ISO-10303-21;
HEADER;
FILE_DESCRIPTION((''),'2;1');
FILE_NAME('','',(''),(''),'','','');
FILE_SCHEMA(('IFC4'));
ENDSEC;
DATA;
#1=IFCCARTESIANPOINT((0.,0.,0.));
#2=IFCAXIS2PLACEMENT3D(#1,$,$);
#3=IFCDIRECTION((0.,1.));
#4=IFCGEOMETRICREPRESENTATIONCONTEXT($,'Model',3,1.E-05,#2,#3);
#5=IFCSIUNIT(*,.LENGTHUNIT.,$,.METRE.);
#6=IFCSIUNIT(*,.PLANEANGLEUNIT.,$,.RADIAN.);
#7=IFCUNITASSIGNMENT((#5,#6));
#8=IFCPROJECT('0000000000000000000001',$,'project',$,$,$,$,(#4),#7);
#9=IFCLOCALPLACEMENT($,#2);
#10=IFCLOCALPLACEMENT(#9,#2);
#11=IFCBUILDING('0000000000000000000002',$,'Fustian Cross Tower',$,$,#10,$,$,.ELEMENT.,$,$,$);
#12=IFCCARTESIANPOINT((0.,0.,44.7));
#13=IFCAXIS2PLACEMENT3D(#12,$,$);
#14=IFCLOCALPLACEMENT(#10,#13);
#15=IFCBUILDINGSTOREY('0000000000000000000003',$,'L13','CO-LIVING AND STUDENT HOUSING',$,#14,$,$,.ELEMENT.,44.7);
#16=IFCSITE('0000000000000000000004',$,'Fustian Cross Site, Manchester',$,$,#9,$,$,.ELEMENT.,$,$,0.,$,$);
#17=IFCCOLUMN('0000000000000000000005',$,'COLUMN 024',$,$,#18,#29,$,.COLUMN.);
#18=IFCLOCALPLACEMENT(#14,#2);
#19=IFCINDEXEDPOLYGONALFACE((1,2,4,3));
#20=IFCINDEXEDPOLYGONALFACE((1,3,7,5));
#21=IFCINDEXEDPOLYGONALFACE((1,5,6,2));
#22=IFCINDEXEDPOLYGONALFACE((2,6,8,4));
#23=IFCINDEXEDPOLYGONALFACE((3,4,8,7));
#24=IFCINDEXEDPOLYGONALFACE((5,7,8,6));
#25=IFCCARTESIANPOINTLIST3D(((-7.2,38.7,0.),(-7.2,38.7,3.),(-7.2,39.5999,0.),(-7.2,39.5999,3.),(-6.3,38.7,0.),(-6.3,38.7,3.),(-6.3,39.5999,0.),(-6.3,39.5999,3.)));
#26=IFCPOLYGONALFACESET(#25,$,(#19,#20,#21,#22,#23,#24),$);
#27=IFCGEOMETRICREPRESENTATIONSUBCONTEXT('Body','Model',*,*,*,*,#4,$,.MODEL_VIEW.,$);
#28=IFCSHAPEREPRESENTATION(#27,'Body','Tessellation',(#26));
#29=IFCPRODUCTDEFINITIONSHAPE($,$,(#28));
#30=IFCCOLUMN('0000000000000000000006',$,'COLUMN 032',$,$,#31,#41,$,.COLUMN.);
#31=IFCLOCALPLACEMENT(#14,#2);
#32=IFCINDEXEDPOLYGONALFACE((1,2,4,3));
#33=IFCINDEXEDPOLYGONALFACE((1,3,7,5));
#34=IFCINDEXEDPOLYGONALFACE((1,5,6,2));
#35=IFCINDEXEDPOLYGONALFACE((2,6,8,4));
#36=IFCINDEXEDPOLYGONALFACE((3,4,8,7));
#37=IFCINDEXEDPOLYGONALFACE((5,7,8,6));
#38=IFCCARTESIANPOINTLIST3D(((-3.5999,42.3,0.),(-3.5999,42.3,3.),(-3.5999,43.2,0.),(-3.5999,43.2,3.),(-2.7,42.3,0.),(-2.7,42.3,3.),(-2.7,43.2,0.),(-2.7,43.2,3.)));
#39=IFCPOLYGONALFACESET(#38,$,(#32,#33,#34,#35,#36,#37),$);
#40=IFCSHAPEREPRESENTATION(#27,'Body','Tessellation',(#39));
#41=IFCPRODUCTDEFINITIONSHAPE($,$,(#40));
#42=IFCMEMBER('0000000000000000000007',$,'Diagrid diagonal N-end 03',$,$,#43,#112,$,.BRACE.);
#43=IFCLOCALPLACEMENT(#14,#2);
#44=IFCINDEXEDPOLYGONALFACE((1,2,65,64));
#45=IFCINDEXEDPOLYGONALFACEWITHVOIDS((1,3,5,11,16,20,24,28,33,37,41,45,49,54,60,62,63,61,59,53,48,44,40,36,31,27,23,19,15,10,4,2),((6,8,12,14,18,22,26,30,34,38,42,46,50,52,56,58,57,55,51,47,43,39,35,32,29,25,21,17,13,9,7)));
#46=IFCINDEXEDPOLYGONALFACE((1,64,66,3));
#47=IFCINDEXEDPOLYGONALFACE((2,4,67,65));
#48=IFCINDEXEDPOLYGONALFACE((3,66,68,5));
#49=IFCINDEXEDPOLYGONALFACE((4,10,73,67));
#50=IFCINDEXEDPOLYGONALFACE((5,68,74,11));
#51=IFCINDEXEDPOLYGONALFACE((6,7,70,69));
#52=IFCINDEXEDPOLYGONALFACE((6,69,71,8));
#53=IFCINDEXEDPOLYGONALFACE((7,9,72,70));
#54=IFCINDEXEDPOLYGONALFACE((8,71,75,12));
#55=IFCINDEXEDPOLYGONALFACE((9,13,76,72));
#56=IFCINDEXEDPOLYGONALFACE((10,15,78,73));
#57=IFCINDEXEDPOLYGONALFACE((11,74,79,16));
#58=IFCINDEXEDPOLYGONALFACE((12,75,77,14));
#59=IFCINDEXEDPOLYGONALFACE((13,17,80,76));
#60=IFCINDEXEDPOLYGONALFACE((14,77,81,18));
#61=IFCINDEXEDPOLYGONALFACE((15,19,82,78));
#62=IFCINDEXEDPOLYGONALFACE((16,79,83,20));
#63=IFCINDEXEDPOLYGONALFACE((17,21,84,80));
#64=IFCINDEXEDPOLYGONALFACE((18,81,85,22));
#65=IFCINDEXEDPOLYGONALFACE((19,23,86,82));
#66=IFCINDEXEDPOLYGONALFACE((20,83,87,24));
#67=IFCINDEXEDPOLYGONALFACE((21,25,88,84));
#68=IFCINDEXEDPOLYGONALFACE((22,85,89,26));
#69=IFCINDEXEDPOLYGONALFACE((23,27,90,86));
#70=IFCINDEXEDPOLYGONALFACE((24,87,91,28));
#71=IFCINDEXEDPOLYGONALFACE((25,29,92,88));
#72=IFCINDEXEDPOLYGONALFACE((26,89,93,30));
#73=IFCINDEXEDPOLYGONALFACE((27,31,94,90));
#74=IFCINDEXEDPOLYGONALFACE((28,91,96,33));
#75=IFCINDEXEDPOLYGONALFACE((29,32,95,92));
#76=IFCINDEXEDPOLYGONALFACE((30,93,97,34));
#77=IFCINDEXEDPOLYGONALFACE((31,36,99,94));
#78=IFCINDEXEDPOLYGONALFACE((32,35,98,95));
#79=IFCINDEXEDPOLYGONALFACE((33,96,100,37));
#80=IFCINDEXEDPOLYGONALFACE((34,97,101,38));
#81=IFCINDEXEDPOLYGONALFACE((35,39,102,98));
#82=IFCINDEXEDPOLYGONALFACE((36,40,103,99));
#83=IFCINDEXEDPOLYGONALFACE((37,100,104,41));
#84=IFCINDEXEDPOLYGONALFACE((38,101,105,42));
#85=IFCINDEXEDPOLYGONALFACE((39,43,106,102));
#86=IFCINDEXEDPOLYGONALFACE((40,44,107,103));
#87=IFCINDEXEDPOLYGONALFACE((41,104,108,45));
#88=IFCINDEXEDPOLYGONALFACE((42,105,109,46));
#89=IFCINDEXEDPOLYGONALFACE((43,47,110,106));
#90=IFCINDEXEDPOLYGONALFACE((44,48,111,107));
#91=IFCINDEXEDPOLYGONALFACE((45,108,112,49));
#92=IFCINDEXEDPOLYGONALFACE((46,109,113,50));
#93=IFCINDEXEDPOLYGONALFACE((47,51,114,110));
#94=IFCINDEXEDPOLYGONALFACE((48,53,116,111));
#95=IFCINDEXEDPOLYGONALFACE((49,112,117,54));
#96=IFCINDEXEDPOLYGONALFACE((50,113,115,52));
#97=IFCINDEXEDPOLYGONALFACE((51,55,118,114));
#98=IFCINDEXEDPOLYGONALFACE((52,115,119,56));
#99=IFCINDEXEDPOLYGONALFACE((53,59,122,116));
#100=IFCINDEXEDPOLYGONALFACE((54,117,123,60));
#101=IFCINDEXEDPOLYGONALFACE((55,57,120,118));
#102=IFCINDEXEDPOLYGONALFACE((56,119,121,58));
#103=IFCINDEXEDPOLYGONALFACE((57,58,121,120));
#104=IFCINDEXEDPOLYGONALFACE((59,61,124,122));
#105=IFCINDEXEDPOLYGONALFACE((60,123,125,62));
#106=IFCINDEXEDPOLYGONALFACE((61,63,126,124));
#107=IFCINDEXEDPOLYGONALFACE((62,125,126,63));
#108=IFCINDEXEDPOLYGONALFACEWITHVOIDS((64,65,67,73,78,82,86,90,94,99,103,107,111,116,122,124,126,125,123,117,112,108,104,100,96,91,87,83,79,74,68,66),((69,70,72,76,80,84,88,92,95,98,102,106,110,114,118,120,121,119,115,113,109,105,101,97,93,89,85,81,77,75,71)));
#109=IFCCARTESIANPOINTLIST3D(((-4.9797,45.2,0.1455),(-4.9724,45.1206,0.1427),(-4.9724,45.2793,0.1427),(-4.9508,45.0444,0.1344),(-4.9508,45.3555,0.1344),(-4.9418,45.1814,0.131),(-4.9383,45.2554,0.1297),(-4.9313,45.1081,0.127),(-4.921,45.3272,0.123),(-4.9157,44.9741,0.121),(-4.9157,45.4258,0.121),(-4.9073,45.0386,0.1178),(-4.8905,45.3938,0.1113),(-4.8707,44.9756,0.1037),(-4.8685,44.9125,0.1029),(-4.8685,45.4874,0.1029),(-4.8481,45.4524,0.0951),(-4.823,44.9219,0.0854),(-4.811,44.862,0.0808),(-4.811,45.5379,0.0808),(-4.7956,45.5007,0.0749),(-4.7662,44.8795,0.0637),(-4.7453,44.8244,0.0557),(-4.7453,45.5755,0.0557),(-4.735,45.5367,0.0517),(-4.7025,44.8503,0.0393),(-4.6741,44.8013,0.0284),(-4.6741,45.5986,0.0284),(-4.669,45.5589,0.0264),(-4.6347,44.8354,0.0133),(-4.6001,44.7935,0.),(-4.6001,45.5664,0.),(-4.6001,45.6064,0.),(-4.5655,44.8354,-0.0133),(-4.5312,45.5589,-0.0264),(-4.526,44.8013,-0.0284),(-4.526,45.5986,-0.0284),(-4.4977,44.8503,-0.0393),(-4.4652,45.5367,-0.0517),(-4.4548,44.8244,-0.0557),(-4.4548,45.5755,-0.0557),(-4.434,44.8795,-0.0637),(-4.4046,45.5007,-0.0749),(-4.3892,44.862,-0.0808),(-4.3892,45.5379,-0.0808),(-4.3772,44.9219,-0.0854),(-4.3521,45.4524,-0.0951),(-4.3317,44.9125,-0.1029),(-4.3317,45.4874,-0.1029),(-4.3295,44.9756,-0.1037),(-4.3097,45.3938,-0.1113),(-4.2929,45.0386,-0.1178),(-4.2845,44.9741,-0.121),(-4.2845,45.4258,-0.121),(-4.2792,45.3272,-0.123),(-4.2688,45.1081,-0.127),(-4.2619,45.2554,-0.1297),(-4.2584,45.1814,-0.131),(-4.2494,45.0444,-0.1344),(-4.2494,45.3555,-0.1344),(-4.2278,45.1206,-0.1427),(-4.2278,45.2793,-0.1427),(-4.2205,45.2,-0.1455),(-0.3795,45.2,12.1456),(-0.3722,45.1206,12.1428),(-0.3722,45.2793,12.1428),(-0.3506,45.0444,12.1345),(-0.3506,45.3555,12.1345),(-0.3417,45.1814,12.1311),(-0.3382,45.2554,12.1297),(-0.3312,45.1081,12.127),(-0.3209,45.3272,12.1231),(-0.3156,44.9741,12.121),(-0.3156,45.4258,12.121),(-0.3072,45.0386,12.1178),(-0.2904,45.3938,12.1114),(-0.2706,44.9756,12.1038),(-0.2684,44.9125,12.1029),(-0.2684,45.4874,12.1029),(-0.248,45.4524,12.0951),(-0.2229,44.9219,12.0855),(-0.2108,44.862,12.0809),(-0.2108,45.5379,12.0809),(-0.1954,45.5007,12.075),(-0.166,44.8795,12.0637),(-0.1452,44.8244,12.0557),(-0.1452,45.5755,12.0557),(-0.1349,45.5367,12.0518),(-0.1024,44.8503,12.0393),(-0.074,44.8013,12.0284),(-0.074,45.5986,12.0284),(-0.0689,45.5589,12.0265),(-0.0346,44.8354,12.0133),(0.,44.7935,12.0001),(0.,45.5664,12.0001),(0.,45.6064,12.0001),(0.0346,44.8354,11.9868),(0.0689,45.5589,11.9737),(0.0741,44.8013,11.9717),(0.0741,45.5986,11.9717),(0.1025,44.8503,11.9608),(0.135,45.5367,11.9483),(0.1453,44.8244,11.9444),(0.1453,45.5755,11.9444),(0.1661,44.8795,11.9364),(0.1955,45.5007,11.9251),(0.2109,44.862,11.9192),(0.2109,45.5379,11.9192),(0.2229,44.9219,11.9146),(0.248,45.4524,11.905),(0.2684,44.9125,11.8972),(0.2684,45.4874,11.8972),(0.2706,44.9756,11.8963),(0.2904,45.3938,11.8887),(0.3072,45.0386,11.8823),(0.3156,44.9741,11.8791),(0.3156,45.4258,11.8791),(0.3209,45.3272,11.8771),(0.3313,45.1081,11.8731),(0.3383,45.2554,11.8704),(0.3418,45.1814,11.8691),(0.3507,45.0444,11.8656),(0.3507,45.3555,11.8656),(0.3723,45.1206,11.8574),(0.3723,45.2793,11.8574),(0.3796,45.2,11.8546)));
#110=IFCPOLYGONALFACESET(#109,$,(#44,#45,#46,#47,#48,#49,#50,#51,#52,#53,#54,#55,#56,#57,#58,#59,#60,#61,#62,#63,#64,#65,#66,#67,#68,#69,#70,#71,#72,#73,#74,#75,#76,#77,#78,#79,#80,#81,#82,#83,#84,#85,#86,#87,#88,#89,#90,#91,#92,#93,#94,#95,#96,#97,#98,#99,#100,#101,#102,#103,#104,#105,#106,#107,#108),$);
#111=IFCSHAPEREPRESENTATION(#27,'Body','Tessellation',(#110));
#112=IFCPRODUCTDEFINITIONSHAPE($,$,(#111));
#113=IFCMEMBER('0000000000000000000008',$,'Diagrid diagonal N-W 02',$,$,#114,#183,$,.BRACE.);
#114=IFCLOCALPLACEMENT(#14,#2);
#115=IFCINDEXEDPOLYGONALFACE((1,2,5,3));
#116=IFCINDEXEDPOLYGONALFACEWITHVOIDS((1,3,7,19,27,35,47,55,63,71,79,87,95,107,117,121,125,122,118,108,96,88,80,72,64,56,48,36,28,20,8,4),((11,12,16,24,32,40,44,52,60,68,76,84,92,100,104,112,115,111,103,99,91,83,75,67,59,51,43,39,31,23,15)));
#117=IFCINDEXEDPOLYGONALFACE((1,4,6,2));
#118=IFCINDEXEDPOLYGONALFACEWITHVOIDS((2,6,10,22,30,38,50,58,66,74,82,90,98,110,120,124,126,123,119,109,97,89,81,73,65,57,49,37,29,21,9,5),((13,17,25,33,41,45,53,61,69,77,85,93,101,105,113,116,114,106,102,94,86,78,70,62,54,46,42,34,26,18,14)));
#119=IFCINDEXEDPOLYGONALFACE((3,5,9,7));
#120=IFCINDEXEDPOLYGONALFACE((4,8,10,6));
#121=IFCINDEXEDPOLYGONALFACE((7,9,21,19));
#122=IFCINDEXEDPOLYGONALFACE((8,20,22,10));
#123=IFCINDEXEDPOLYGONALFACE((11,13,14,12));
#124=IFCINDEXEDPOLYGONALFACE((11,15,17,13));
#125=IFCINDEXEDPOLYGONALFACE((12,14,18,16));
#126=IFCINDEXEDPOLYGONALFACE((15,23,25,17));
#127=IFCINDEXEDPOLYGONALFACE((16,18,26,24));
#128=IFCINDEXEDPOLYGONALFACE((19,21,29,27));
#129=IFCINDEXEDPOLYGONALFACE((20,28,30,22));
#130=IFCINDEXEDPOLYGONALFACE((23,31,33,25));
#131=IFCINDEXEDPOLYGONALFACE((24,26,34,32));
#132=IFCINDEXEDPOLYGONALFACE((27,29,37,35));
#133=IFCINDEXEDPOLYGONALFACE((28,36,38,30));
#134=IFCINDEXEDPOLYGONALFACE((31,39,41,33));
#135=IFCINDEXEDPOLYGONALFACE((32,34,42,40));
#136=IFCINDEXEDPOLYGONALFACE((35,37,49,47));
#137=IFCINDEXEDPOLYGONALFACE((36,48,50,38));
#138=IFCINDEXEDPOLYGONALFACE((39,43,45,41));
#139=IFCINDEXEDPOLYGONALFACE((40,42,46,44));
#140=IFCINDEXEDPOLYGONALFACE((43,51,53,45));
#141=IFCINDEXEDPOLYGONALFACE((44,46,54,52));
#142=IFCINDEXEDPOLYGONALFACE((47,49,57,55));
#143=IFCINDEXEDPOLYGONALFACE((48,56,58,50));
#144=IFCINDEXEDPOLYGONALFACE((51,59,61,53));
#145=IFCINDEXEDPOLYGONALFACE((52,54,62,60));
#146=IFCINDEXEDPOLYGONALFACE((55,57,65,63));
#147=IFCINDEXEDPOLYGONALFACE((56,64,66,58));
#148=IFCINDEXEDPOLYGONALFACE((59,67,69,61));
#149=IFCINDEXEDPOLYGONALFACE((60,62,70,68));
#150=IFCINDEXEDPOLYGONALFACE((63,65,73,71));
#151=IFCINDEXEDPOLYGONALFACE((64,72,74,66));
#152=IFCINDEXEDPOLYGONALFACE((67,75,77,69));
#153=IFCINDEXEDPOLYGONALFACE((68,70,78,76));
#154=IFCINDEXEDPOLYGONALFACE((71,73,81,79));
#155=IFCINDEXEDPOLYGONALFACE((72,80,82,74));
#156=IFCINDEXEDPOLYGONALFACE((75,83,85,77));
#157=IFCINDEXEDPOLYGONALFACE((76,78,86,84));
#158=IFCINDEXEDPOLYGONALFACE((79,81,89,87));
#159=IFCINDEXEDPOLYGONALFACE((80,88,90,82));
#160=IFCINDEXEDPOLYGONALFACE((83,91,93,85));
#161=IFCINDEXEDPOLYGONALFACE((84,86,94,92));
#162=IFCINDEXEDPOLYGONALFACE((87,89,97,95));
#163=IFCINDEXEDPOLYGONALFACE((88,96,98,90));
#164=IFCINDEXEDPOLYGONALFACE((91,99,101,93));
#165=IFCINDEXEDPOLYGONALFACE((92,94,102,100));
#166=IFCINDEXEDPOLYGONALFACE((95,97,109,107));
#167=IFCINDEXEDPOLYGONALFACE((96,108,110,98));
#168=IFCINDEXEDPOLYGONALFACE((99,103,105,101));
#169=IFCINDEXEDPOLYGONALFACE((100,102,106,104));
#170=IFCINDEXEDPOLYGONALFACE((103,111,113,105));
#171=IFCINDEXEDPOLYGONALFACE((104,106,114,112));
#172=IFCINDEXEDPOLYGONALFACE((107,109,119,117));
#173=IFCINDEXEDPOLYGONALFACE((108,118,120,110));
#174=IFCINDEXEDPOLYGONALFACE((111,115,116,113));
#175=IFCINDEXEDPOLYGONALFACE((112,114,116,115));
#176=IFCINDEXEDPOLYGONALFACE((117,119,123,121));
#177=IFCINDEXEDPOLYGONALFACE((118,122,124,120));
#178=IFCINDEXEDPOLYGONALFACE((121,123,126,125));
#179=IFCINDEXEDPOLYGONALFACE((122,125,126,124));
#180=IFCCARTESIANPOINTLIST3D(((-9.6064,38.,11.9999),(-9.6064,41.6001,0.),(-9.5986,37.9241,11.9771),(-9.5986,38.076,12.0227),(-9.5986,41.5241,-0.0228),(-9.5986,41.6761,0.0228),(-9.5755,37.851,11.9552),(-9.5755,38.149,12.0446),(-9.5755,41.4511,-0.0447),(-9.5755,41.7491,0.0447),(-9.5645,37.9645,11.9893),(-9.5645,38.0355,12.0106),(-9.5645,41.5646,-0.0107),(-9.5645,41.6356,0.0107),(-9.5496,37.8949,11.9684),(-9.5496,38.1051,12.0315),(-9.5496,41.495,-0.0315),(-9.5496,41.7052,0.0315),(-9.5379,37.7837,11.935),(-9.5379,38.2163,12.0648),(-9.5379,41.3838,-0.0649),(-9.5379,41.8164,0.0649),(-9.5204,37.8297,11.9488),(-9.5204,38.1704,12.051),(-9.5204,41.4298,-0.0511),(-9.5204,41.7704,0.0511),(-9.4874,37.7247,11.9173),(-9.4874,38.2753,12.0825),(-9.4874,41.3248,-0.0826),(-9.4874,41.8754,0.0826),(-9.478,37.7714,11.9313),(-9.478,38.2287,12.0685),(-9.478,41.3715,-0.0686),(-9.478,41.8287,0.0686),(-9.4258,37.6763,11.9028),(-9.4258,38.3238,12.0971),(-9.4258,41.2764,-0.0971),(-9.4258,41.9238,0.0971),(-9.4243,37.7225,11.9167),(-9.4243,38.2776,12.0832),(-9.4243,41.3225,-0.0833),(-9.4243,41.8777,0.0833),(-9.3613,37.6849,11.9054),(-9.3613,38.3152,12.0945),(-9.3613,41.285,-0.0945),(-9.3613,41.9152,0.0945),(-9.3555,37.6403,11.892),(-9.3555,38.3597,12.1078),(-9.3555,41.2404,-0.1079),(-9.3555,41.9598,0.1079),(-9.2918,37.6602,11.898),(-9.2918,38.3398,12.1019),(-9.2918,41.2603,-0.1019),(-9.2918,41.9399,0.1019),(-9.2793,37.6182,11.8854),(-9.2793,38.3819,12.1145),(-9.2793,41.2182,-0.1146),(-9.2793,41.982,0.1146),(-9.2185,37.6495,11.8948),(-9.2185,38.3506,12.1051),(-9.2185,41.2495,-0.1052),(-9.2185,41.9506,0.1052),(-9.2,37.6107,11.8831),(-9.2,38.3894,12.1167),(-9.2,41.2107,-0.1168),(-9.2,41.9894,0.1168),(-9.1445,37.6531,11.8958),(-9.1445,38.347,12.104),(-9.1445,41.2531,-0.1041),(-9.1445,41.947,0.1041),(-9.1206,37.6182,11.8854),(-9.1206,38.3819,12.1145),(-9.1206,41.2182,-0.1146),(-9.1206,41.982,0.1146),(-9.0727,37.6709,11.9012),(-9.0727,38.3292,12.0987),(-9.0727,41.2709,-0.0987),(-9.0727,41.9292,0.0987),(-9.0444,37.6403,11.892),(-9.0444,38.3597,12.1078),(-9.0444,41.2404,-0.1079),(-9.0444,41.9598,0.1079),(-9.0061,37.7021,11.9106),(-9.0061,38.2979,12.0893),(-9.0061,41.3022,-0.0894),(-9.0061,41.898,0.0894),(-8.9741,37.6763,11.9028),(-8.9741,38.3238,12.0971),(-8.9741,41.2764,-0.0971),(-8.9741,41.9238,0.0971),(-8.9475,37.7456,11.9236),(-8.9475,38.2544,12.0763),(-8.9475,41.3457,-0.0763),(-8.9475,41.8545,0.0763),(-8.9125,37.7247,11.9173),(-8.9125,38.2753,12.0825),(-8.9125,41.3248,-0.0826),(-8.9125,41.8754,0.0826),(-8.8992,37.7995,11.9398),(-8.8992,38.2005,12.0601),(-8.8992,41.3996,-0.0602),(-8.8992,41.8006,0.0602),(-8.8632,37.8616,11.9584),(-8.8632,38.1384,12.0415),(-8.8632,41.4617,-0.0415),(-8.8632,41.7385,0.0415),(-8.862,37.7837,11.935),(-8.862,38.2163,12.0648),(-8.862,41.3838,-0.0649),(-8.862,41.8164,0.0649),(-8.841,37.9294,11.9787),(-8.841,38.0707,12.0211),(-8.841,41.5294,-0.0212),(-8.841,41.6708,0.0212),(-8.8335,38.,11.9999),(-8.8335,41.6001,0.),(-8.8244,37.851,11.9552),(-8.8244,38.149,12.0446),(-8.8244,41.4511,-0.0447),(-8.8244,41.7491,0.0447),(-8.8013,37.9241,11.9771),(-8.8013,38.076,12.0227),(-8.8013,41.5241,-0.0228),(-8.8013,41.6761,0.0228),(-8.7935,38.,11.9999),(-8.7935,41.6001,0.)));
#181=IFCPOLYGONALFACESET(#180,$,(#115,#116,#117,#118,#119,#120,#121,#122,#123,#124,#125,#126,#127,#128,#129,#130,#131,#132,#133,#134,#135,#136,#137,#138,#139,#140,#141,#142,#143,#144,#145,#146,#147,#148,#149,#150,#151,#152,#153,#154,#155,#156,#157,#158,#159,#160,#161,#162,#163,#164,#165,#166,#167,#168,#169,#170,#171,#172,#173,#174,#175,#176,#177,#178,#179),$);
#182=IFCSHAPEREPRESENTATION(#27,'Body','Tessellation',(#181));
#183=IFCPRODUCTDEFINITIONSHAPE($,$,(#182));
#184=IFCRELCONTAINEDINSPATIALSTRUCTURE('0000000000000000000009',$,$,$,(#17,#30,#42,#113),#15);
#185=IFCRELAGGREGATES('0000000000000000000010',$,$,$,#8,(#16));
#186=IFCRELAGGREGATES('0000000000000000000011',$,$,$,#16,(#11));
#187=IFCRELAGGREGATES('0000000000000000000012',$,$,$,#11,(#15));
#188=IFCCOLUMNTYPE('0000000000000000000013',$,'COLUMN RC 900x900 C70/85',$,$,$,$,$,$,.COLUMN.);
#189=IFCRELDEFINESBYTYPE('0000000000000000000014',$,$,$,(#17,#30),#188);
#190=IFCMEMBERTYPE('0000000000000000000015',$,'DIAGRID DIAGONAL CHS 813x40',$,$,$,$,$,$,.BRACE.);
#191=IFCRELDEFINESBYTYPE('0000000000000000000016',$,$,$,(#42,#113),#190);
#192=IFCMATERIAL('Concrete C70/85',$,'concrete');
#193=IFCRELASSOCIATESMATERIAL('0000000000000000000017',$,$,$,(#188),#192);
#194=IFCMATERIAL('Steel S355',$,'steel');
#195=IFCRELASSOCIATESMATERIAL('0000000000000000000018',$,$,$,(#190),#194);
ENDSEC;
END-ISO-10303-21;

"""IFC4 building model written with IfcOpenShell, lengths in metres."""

from ifc_helpers import new_model, si_unit, direction, frame, origin, origin_2d, place, context, subcontext, project, spatial, rectangle, hollow_circle, extrude, material, material_profile, profile_set, type_object, element, save


model = new_model("IFC4")

# Units and contexts
model_context = context("Model", 3, precision=1e-05, world=origin(), true_north=direction((0.0, 1.0)))
body_context = subcontext(model_context, "Body", "Model", "MODEL_VIEW")
ifc_project = project(units=[si_unit("LENGTHUNIT", "METRE"), si_unit("PLANEANGLEUNIT", "RADIAN")], contexts=[model_context])

# Site, building, storey
site_placement = place(None, origin())
site = spatial("IfcSite", under=ifc_project, at=site_placement, Name="Fustian Cross Site, Manchester", CompositionType="ELEMENT", RefElevation=0.0)
building_placement = place(site_placement, origin())
building = spatial("IfcBuilding", under=site, at=building_placement, Name="Fustian Cross Tower", CompositionType="ELEMENT")
storey_placement = place(building_placement, frame((0.0, 0.0, 44.7)))
storey = spatial("IfcBuildingStorey", under=building, at=storey_placement, Name="L13", Description="CO-LIVING AND STUDENT HOUSING", CompositionType="ELEMENT", Elevation=44.7)

# Columns
ifc_material_1 = material(Name="Concrete C70/85", Category="concrete")
ifc_material_profile_1 = material_profile(ifc_material_1, rectangle(XDim=0.8999, YDim=0.8999, at=origin_2d()), Name="RC 900x900")
ifc_profile_set_1 = profile_set([ifc_material_profile_1], Name="Concrete C70/85")
column_type = type_object("IfcColumnType", Name="COLUMN RC 900x900 C70/85", PredefinedType="COLUMN", material=ifc_profile_set_1)
for number, where, z_axis, x_axis, name in (
    (1, (-6.75, 39.1499, 0.0), (0.0, 0.0, 1.0), (1.0, 0.0, 0.0), "COLUMN 024"),
    (2, (-3.1499, 42.75, 0.0), (0.0, 0.0, 1.0), (1.0, 0.0, 0.0), "COLUMN 032"),
):
    element("IfcColumn", number, at=place(storey_placement, frame(where, z_axis=z_axis, x_axis=x_axis)), inside=storey, type_object=column_type, Name=name, PredefinedType="COLUMN", context=body_context, shape_type="SweptSolid", body=[
        extrude(rectangle(XDim=0.8999, YDim=0.8999, at=origin_2d()), origin(), (0.0, 0.0, 1.0), 3.0),
    ])

# Members
ifc_material_2 = material(Name="Steel S355", Category="steel")
ifc_material_profile_2 = material_profile(ifc_material_2, hollow_circle(Radius=0.4065, WallThickness=0.04, at=origin_2d()), Name="CHS 813x40")
ifc_profile_set_2 = profile_set([ifc_material_profile_2], Name="Steel S355")
member_type_1 = type_object("IfcMemberType", Name="DIAGRID DIAGONAL CHS 813x40", PredefinedType="BRACE", material=ifc_profile_set_2)
member_1_placement = place(storey_placement, frame((-4.6001, 45.2, 0.0), z_axis=(0.357943, 0.0, 0.933744), x_axis=(0.0, 1.0, 0.0)))
element("IfcMember", 3, at=member_1_placement, inside=storey, type_object=member_type_1, Name="Diagrid diagonal N-end 03", PredefinedType="BRACE", context=body_context, shape_type="SweptSolid", body=[
    extrude(hollow_circle(Radius=0.4065, WallThickness=0.04, at=origin_2d()), origin(), (0.0, 0.0, 1.0), 12.8516),
])
member_2_placement = place(storey_placement, frame((-9.2, 41.6001, 0.0), z_axis=(0.0, -0.287355, 0.957824), x_axis=(1.0, 0.0, 0.0)))
element("IfcMember", 4, at=member_2_placement, inside=storey, type_object=member_type_1, Name="Diagrid diagonal N-W 02", PredefinedType="BRACE", context=body_context, shape_type="SweptSolid", body=[
    extrude(hollow_circle(Radius=0.4065, WallThickness=0.04, at=origin_2d()), origin(), (0.0, 0.0, 1.0), 12.5283),
])

save(model, "model.ifc")
